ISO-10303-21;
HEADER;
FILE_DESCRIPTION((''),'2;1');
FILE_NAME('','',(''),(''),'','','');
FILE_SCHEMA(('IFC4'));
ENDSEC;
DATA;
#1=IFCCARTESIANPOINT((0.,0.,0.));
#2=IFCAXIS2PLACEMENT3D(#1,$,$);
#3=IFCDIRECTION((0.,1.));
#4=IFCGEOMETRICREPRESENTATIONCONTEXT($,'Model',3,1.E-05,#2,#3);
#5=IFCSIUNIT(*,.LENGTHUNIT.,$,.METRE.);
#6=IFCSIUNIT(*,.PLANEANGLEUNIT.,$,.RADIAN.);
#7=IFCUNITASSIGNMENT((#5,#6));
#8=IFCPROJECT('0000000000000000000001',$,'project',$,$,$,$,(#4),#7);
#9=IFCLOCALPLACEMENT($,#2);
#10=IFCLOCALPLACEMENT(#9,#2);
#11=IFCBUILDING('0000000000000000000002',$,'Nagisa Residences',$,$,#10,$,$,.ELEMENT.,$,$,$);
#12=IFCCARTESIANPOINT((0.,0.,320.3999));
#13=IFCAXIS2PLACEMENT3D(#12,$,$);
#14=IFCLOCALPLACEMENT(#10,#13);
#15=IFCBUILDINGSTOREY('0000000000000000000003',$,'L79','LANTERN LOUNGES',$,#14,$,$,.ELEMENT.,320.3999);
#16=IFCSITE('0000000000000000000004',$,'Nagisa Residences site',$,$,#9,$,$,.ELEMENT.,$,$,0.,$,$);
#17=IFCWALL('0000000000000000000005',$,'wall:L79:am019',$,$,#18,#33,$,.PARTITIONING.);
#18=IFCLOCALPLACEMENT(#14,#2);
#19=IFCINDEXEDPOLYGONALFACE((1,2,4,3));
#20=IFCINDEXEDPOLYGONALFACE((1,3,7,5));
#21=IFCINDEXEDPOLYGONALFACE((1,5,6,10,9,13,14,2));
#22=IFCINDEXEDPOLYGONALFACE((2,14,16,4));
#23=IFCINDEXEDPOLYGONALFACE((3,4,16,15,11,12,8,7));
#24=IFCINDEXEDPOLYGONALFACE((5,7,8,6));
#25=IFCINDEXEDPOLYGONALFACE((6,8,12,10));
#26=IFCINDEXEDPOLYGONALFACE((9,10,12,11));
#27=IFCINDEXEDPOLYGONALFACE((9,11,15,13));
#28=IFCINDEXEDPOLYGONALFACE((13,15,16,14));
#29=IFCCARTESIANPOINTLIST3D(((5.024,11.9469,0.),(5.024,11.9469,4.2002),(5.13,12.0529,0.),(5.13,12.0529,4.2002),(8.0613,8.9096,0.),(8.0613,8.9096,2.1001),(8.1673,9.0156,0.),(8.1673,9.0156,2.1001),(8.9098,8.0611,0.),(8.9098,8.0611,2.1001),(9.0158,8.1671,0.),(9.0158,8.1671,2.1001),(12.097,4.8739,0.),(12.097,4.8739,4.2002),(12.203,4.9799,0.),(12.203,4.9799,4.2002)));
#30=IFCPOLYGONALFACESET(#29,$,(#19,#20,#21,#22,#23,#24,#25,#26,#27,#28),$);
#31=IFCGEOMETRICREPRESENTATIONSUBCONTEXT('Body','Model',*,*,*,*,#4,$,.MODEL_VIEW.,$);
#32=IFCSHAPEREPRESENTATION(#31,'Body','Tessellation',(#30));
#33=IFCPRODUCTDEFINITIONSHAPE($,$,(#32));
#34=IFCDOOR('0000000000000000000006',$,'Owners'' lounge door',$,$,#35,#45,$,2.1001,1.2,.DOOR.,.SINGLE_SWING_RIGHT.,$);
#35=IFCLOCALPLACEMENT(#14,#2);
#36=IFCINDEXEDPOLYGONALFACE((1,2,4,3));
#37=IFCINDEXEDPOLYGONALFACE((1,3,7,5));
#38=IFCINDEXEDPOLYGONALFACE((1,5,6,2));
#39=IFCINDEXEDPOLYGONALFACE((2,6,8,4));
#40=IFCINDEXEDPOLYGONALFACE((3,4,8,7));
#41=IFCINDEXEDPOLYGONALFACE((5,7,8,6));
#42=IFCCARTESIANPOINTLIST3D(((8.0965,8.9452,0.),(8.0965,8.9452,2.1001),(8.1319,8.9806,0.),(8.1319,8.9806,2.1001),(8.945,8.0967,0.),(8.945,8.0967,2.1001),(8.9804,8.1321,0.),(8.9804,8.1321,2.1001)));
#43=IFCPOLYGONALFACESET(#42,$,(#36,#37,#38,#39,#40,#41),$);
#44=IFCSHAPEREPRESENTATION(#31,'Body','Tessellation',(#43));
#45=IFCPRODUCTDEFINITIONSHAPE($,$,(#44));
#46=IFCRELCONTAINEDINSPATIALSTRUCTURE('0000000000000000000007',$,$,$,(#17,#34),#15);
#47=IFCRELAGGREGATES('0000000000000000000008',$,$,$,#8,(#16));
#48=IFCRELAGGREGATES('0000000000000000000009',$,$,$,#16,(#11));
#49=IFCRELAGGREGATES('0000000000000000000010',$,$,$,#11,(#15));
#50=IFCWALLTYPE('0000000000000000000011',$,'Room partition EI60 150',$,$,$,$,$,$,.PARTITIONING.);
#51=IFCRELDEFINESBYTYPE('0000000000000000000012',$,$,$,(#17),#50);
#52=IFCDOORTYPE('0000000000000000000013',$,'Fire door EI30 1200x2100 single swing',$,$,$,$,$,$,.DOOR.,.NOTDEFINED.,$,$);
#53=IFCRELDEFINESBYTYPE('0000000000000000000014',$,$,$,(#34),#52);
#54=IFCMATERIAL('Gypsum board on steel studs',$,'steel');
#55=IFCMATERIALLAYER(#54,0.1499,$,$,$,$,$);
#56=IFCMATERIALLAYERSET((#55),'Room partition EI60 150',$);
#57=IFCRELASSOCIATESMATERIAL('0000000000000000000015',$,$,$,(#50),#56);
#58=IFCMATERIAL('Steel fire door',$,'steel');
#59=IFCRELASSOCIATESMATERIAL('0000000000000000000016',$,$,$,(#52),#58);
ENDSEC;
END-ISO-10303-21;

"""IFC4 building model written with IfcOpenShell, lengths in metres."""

from ifc_helpers import new_model, si_unit, direction, frame, frame_2d, origin, place, context, subcontext, project, spatial, rectangle, extrude, material, layer, layer_set, type_object, element, fill, save


model = new_model("IFC4")

# Units and contexts
model_context = context("Model", 3, precision=1e-05, world=origin(), true_north=direction((0.0, 1.0)))
body_context = subcontext(model_context, "Body", "Model", "MODEL_VIEW")
ifc_project = project(units=[si_unit("LENGTHUNIT", "METRE"), si_unit("PLANEANGLEUNIT", "RADIAN")], contexts=[model_context])

# Site, building, storey
site_placement = place(None, origin())
site = spatial("IfcSite", under=ifc_project, at=site_placement, Name="Nagisa Residences site", CompositionType="ELEMENT", RefElevation=0.0)
building_placement = place(site_placement, origin())
building = spatial("IfcBuilding", under=site, at=building_placement, Name="Nagisa Residences", CompositionType="ELEMENT")
storey_placement = place(building_placement, frame((0.0, 0.0, 320.3999)))
storey = spatial("IfcBuildingStorey", under=building, at=storey_placement, Name="L79", Description="LANTERN LOUNGES", CompositionType="ELEMENT", Elevation=320.3999)

# Shared definitions
ifc_material_1 = material(Name="Gypsum board on steel studs", Category="steel")
ifc_layer_1 = layer(ifc_material_1, 0.1499)
ifc_layer_set_1 = layer_set([ifc_layer_1], Name="Room partition EI60 150")
wall_type_1 = type_object("IfcWallType", Name="Room partition EI60 150", PredefinedType="PARTITIONING", material=ifc_layer_set_1)

# Wall, opening, door
wall_1_placement = place(storey_placement, frame((5.0769, 12.0, 0.0), z_axis=(0.0, 0.0, 1.0), x_axis=(0.707107, -0.707107, 0.0)))
wall_1 = element("IfcWall", 1, at=wall_1_placement, inside=storey, type_object=wall_type_1, Name="wall:L79:am019", PredefinedType="PARTITIONING", context=body_context, shape_type="SweptSolid", body=[
    extrude(rectangle(XDim=10.0027, YDim=0.1499, at=frame_2d((5.0015, 0.0))), origin(), (0.0, 0.0, 1.0), 4.2002),
])
opening_placement = place(wall_1_placement, frame((4.2954, 0.0, 0.0)))
opening = element("IfcOpeningElement", 2, at=opening_placement, cuts=wall_1, PredefinedType="OPENING", context=body_context, shape_type="SweptSolid", body=[
    extrude(rectangle(XDim=1.2, YDim=2.1001, at=frame_2d((0.6001, 1.05))), frame((0.0, 0.085, 0.0), z_axis=(0.0, -1.0, 0.0), x_axis=(1.0, 0.0, 0.0)), (0.0, 0.0, 1.0), 0.1699),
])
ifc_material_2 = material(Name="Steel fire door", Category="steel")
door_type = type_object("IfcDoorType", Name="Fire door EI30 1200x2100 single swing", OperationType="NOTDEFINED", PredefinedType="DOOR", material=ifc_material_2)
door_placement = place(opening_placement, frame((1.2, 0.0, 0.0), x_axis=(-1.0, 0.0, 0.0)))
door = element("IfcDoor", 3, at=door_placement, inside=storey, type_object=door_type, Name="Owners' lounge door", OperationType="SINGLE_SWING_RIGHT", OverallHeight=2.1001, OverallWidth=1.2, PredefinedType="DOOR", context=body_context, shape_type="SweptSolid", body=[
    extrude(rectangle(XDim=1.2, YDim=2.1001, at=frame_2d((0.6001, 1.05))), frame((0.0, 0.0249, 0.0), z_axis=(0.0, -1.0, 0.0), x_axis=(1.0, 0.0, 0.0)), (0.0, 0.0, 1.0), 0.05),
])
fill(opening, door)

save(model, "model.ifc")
